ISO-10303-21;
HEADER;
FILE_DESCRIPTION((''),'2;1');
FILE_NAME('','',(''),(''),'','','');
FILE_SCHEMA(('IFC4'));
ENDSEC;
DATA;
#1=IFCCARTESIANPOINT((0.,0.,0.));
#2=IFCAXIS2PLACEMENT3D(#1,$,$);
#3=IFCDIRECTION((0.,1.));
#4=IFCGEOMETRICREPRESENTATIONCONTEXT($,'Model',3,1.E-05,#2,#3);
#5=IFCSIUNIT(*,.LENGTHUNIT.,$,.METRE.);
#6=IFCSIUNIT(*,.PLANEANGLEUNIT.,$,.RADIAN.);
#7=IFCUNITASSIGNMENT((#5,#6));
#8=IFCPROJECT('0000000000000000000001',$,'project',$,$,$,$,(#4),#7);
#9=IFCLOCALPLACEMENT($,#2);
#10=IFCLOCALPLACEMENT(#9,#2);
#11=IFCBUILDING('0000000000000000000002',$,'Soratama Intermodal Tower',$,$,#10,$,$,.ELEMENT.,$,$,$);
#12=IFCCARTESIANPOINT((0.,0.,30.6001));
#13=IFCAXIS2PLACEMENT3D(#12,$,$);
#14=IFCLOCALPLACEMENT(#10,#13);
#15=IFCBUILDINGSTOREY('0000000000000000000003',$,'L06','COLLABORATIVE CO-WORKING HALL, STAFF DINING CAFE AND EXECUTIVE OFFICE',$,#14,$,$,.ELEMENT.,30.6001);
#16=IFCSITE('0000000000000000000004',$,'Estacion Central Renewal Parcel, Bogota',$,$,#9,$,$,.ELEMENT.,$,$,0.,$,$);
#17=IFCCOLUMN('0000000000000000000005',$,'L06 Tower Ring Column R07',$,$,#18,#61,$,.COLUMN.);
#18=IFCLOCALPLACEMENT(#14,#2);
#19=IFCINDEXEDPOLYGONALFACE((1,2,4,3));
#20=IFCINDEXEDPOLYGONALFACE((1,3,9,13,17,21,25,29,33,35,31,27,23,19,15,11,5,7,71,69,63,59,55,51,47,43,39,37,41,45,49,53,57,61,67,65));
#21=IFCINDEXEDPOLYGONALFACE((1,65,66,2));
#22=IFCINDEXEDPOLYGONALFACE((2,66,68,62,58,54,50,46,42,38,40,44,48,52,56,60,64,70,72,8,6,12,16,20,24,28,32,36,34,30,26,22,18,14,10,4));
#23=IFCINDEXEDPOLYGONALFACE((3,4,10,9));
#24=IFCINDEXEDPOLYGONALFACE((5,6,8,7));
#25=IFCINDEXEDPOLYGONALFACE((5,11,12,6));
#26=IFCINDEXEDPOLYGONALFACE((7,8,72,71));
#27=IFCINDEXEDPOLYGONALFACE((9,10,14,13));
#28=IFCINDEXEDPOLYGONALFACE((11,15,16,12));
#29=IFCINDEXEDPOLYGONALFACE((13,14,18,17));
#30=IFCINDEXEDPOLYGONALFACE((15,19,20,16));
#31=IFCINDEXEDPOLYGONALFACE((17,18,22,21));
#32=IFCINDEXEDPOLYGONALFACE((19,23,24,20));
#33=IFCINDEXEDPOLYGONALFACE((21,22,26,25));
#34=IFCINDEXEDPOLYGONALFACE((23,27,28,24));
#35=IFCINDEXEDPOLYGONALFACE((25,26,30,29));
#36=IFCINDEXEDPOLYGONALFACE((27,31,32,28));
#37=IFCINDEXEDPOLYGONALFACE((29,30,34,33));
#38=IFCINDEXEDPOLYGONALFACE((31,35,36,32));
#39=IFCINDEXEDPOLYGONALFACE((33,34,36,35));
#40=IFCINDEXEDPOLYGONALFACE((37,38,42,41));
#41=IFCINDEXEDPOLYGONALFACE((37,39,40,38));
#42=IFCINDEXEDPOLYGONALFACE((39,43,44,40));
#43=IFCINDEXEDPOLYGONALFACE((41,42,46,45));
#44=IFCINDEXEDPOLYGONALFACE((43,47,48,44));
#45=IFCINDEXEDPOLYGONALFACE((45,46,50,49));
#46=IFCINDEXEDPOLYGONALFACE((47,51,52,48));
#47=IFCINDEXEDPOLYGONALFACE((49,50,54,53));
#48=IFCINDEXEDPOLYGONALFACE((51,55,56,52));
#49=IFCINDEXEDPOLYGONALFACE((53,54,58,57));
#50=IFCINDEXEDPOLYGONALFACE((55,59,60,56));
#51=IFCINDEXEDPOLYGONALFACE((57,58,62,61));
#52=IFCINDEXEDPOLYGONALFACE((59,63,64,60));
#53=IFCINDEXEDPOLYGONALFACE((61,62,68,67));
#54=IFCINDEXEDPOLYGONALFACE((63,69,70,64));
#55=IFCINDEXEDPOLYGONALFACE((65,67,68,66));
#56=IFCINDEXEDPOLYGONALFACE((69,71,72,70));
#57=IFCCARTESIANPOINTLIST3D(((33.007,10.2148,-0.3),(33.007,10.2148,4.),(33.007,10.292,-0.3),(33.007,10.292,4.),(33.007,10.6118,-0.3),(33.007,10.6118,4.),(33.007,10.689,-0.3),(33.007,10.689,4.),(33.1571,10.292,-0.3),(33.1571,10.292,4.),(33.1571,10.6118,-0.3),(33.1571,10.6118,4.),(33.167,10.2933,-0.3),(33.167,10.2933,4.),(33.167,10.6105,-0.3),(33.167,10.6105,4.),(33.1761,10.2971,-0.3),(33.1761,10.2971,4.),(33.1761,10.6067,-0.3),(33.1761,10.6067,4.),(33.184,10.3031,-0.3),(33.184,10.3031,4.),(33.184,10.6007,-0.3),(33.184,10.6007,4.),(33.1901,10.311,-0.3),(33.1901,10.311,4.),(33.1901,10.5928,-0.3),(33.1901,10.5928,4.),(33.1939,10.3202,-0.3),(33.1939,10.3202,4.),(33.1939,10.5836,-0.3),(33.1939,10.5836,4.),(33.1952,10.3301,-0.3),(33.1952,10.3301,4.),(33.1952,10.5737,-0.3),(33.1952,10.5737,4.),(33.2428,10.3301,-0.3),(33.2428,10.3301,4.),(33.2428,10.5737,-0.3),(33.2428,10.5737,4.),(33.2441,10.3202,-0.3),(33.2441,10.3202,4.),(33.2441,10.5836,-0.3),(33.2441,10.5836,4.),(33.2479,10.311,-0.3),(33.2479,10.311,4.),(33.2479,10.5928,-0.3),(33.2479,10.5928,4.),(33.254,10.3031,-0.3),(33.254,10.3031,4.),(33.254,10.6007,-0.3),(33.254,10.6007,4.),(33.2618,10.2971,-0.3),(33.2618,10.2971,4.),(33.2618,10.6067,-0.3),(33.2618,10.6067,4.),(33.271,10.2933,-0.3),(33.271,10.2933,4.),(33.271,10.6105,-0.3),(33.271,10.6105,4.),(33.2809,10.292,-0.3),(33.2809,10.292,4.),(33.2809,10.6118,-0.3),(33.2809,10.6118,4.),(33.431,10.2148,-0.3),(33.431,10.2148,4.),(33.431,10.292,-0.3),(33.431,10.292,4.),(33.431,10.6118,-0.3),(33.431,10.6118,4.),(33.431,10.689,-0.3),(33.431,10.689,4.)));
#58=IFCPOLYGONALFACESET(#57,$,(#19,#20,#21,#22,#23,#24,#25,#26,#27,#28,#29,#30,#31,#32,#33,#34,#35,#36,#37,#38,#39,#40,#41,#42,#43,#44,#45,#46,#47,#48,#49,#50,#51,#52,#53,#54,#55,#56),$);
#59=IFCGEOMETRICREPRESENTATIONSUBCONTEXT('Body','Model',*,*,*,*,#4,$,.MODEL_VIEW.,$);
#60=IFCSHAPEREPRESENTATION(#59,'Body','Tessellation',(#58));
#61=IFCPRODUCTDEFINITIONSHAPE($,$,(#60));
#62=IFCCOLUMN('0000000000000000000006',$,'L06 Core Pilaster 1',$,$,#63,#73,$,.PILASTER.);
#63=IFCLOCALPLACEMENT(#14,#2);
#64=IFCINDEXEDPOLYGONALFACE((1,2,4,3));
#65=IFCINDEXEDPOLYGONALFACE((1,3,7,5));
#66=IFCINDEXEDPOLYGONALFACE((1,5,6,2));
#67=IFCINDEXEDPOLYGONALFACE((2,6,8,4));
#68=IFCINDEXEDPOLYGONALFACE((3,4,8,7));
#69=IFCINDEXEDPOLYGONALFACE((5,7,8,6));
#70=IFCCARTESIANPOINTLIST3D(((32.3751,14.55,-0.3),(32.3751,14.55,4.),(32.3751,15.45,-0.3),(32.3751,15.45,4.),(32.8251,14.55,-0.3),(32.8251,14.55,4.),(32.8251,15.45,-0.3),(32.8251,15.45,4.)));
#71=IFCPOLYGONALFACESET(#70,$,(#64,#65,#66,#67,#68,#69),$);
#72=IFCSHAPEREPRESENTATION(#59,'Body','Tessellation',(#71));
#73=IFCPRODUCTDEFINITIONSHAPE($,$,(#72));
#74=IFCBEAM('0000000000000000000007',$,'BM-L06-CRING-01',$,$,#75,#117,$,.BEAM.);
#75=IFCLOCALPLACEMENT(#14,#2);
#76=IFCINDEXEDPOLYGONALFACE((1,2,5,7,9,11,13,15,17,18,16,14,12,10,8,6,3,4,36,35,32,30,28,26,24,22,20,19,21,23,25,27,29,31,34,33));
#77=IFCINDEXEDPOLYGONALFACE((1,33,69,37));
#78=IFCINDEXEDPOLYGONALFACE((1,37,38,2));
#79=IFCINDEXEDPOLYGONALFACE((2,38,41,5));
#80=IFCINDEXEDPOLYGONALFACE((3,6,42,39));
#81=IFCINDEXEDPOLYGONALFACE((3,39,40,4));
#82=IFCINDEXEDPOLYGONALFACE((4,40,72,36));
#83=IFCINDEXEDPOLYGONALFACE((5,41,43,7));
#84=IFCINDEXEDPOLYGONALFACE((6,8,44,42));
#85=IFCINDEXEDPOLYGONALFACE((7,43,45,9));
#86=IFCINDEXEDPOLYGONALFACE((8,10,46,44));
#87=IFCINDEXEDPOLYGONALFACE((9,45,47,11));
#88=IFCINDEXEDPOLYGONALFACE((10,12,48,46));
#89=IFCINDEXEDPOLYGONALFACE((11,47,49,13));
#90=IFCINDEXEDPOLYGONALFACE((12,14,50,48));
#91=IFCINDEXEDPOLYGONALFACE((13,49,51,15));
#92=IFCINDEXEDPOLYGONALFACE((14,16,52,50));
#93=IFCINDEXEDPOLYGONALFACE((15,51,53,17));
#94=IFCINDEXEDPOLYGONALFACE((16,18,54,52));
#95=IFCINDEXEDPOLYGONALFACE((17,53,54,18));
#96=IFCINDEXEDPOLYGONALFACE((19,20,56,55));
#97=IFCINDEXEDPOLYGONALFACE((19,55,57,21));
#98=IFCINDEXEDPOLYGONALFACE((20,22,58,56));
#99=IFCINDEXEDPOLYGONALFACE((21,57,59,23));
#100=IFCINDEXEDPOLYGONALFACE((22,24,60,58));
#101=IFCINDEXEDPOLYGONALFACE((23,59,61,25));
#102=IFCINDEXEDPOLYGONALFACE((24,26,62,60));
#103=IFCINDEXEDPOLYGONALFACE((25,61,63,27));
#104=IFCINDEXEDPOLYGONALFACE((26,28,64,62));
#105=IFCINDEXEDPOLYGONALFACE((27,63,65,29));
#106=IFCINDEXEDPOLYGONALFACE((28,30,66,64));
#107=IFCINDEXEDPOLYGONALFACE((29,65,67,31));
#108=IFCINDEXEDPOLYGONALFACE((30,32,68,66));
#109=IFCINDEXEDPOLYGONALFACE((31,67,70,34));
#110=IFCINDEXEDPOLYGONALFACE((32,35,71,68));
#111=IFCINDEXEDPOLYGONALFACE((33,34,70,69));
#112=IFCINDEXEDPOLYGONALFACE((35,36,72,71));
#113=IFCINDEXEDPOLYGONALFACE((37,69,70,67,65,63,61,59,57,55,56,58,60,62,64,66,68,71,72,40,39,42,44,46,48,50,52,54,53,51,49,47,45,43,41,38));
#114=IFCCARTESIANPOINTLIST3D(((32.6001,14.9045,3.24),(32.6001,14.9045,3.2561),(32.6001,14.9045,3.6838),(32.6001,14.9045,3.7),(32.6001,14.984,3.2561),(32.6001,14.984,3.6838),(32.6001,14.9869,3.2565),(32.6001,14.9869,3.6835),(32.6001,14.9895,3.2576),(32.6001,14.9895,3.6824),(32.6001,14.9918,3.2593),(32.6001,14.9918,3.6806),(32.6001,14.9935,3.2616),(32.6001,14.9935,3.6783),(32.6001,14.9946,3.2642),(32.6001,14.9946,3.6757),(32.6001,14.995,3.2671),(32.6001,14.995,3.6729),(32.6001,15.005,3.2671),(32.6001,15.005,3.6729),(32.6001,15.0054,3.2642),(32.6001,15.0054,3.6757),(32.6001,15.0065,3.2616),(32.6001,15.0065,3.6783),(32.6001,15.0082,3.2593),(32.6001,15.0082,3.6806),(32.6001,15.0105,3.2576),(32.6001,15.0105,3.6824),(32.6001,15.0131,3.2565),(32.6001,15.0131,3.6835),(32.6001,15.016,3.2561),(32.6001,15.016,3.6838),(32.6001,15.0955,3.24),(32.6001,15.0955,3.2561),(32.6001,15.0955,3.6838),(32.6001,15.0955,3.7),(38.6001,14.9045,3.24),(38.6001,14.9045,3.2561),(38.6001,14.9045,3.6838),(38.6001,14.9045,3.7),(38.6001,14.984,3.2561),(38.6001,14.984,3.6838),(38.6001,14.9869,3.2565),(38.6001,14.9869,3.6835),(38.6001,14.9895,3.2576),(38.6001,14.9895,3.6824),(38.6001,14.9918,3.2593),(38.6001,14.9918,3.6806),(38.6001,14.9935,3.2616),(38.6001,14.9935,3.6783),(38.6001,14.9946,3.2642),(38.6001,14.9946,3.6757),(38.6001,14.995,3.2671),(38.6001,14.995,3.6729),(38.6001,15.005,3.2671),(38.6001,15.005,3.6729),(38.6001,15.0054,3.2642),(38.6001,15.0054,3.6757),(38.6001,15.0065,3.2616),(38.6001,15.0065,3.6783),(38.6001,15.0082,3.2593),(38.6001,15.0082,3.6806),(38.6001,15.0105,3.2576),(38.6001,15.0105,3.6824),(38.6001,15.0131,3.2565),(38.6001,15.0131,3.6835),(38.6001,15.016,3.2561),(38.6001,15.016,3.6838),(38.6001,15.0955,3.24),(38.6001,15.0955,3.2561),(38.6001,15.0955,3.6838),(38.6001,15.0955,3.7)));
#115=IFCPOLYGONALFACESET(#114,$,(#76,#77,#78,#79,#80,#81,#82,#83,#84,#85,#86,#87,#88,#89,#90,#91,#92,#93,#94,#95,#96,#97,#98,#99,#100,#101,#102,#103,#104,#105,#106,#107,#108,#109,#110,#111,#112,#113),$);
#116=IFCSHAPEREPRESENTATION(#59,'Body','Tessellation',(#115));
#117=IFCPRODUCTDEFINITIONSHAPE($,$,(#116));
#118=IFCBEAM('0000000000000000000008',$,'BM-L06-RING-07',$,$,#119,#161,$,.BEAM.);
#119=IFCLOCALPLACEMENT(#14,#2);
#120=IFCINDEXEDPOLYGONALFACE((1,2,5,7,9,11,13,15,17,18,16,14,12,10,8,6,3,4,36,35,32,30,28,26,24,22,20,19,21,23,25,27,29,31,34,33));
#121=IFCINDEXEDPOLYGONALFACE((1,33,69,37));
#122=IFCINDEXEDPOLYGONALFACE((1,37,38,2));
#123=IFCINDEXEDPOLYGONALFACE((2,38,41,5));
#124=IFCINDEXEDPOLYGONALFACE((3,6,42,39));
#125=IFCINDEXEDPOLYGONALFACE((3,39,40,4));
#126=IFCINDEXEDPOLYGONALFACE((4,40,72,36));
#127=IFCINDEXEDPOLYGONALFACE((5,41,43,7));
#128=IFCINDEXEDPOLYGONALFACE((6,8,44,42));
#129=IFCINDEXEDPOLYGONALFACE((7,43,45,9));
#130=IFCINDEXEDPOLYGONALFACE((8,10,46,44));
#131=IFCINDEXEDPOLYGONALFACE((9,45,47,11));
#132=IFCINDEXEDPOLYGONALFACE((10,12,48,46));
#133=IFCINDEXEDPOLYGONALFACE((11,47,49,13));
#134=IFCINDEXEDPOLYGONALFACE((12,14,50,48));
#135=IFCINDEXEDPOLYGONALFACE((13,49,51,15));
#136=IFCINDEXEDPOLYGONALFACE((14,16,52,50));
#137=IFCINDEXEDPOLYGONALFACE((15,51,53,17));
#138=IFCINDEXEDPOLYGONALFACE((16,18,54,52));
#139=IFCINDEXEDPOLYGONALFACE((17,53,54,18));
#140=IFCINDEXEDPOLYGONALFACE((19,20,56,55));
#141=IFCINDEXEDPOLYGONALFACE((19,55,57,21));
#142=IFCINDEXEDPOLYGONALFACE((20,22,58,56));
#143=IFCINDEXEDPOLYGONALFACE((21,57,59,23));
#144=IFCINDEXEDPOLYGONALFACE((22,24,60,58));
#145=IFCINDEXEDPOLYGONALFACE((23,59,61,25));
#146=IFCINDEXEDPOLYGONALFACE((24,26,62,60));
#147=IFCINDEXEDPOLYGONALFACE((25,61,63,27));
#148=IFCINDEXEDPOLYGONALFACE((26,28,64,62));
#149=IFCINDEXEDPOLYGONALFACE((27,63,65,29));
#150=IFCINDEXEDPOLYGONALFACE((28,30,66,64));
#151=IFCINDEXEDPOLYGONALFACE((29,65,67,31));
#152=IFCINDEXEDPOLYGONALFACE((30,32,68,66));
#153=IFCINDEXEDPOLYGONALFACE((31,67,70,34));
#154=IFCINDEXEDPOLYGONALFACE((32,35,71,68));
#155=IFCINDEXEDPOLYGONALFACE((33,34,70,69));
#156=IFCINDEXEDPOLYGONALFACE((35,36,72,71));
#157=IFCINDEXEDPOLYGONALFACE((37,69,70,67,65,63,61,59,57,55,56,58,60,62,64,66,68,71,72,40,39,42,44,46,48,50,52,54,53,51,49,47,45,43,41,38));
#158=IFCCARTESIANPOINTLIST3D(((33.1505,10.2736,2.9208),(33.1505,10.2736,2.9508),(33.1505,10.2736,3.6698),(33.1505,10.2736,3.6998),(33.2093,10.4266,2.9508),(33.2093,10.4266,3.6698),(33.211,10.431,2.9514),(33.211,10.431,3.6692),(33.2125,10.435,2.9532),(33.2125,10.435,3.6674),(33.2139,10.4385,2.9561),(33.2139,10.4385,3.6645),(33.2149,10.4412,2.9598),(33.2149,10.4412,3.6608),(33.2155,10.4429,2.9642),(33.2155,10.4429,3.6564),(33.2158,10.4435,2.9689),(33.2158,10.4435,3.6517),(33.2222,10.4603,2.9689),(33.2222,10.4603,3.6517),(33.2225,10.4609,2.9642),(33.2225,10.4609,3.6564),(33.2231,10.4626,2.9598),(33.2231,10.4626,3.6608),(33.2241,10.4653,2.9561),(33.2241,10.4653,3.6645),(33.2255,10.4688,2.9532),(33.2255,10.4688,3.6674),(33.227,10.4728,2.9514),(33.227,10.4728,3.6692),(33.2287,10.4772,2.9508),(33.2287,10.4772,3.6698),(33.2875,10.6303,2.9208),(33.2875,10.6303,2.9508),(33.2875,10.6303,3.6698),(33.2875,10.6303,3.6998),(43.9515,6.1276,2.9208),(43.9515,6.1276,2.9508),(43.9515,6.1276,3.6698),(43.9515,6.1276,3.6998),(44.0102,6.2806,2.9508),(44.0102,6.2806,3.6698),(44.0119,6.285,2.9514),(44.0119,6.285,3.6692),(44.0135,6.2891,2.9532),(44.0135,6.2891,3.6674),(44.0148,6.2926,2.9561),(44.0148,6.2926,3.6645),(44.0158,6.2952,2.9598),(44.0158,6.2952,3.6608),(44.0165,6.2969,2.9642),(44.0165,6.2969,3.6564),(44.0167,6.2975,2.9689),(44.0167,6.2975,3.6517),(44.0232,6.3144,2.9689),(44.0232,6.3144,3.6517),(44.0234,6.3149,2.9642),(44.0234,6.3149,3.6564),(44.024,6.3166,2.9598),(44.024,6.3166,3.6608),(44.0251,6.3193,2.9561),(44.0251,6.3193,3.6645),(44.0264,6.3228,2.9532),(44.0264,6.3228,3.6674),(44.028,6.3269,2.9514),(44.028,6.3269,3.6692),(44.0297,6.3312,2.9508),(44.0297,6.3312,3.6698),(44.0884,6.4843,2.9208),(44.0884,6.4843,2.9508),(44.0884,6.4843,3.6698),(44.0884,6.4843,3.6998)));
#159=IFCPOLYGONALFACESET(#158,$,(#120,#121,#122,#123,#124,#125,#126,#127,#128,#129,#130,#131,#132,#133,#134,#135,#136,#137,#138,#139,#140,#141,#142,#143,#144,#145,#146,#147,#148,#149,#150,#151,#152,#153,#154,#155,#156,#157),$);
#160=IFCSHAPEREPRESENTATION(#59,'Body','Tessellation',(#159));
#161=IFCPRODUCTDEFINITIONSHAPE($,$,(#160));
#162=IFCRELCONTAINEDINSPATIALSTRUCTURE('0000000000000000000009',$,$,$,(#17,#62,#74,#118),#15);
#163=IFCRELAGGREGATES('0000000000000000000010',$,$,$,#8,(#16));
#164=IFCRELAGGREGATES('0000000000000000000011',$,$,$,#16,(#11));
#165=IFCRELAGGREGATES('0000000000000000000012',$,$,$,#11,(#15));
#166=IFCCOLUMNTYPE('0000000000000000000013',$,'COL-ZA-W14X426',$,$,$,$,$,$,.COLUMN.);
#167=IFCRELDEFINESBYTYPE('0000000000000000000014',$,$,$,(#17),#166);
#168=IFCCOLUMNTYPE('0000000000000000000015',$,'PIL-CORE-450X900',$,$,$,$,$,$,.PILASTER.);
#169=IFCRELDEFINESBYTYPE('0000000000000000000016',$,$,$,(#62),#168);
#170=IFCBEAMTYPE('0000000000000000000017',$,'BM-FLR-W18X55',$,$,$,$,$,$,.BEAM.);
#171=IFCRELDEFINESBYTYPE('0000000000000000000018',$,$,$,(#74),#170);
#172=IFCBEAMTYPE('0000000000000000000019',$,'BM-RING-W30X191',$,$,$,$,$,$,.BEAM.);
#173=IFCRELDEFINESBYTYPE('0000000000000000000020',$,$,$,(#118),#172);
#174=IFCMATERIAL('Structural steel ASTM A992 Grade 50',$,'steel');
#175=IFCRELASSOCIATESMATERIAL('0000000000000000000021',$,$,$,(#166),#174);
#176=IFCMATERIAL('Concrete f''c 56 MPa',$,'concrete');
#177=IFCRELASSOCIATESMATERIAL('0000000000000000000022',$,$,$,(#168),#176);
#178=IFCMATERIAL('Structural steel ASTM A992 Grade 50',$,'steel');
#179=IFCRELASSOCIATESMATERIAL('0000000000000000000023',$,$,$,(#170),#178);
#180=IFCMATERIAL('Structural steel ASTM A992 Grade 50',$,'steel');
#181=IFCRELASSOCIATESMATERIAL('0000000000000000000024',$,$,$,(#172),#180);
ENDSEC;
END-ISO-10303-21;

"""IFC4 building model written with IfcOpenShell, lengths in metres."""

from ifc_helpers import new_model, si_unit, direction, frame, origin, origin_2d, place, context, subcontext, project, spatial, rectangle, i_section, extrude, material, material_profile, profile_set, type_object, element, save


model = new_model("IFC4")

# Units and contexts
model_context = context("Model", 3, precision=1e-05, world=origin(), true_north=direction((0.0, 1.0)))
body_context = subcontext(model_context, "Body", "Model", "MODEL_VIEW")
ifc_project = project(units=[si_unit("LENGTHUNIT", "METRE"), si_unit("PLANEANGLEUNIT", "RADIAN")], contexts=[model_context])

# Site, building, storey
site_placement = place(None, origin())
site = spatial("IfcSite", under=ifc_project, at=site_placement, Name="Estacion Central Renewal Parcel, Bogota", CompositionType="ELEMENT", RefElevation=0.0)
building_placement = place(site_placement, origin())
building = spatial("IfcBuilding", under=site, at=building_placement, Name="Soratama Intermodal Tower", CompositionType="ELEMENT")
storey_placement = place(building_placement, frame((0.0, 0.0, 30.6001)))
storey = spatial("IfcBuildingStorey", under=building, at=storey_placement, Name="L06", Description="COLLABORATIVE CO-WORKING HALL, STAFF DINING CAFE AND EXECUTIVE OFFICE", CompositionType="ELEMENT", Elevation=30.6001)

# Columns
ifc_material_1 = material(Name="Structural steel ASTM A992 Grade 50", Category="steel")
ifc_material_profile_1 = material_profile(ifc_material_1, i_section(OverallWidth=0.4241, OverallDepth=0.4741, WebThickness=0.0476, FlangeThickness=0.0771, FilletRadius=0.0381, at=origin_2d()), Name="W14X426")
ifc_profile_set_1 = profile_set([ifc_material_profile_1], Name="Structural steel ASTM A992 Grade 50")
column_type_1 = type_object("IfcColumnType", Name="COL-ZA-W14X426", PredefinedType="COLUMN", material=ifc_profile_set_1)
column_1_placement = place(storey_placement, frame((33.219, 10.4519, -0.3), z_axis=(0.0, 0.0, 1.0), x_axis=(1.0, 0.0, 0.0)))
element("IfcColumn", 1, at=column_1_placement, inside=storey, type_object=column_type_1, Name="L06 Tower Ring Column R07", PredefinedType="COLUMN", context=body_context, shape_type="SweptSolid", body=[
    extrude(i_section(OverallWidth=0.4241, OverallDepth=0.4741, WebThickness=0.0476, FlangeThickness=0.0771, FilletRadius=0.0381, at=origin_2d()), origin(), (0.0, 0.0, 1.0), 4.3),
])
ifc_material_2 = material(Name="Concrete f'c 56 MPa", Category="concrete")
ifc_material_profile_2 = material_profile(ifc_material_2, rectangle(XDim=0.45, YDim=0.8999, at=origin_2d()), Name="RC450X900")
ifc_profile_set_2 = profile_set([ifc_material_profile_2], Name="Concrete f'c 56 MPa")
column_type_2 = type_object("IfcColumnType", Name="PIL-CORE-450X900", PredefinedType="PILASTER", material=ifc_profile_set_2)
column_2_placement = place(storey_placement, frame((32.6001, 15.0, -0.3), z_axis=(0.0, 0.0, 1.0), x_axis=(1.0, 0.0, 0.0)))
element("IfcColumn", 2, at=column_2_placement, inside=storey, type_object=column_type_2, Name="L06 Core Pilaster 1", PredefinedType="PILASTER", context=body_context, shape_type="SweptSolid", body=[
    extrude(rectangle(XDim=0.45, YDim=0.8999, at=origin_2d()), origin(), (0.0, 0.0, 1.0), 4.3),
])

# Beams
ifc_material_3 = material(Name="Structural steel ASTM A992 Grade 50", Category="steel")
ifc_material_profile_3 = material_profile(ifc_material_3, i_section(OverallWidth=0.1909, OverallDepth=0.46, WebThickness=0.01, FlangeThickness=0.0161, FilletRadius=0.011, at=origin_2d()), Name="W18X55")
ifc_profile_set_3 = profile_set([ifc_material_profile_3], Name="Structural steel ASTM A992 Grade 50")
beam_type_1 = type_object("IfcBeamType", Name="BM-FLR-W18X55", PredefinedType="BEAM", material=ifc_profile_set_3)
beam_1_placement = place(storey_placement, frame((32.6001, 15.0, 3.47), z_axis=(1.0, 0.0, 0.0), x_axis=(0.0, 1.0, 0.0)))
element("IfcBeam", 3, at=beam_1_placement, inside=storey, type_object=beam_type_1, Name="BM-L06-CRING-01", PredefinedType="BEAM", context=body_context, shape_type="SweptSolid", body=[
    extrude(i_section(OverallWidth=0.1909, OverallDepth=0.46, WebThickness=0.01, FlangeThickness=0.0161, FilletRadius=0.011, at=origin_2d()), origin(), (0.0, 0.0, 1.0), 6.0),
])
ifc_material_4 = material(Name="Structural steel ASTM A992 Grade 50", Category="steel")
ifc_material_profile_4 = material_profile(ifc_material_4, i_section(OverallWidth=0.3821, OverallDepth=0.7791, WebThickness=0.0181, FlangeThickness=0.03, FilletRadius=0.0181, at=origin_2d()), Name="W30X191")
ifc_profile_set_4 = profile_set([ifc_material_profile_4], Name="Structural steel ASTM A992 Grade 50")
beam_type_2 = type_object("IfcBeamType", Name="BM-RING-W30X191", PredefinedType="BEAM", material=ifc_profile_set_4)
beam_2_placement = place(storey_placement, frame((33.219, 10.4519, 3.3103), z_axis=(0.933584, -0.358358, 0.0), x_axis=(0.358358, 0.933584, 0.0)))
element("IfcBeam", 4, at=beam_2_placement, inside=storey, type_object=beam_type_2, Name="BM-L06-RING-07", PredefinedType="BEAM", context=body_context, shape_type="SweptSolid", body=[
    extrude(i_section(OverallWidth=0.3821, OverallDepth=0.7791, WebThickness=0.0181, FlangeThickness=0.03, FilletRadius=0.0181, at=origin_2d()), origin(), (0.0, 0.0, 1.0), 11.5693),
])

save(model, "model.ifc")
